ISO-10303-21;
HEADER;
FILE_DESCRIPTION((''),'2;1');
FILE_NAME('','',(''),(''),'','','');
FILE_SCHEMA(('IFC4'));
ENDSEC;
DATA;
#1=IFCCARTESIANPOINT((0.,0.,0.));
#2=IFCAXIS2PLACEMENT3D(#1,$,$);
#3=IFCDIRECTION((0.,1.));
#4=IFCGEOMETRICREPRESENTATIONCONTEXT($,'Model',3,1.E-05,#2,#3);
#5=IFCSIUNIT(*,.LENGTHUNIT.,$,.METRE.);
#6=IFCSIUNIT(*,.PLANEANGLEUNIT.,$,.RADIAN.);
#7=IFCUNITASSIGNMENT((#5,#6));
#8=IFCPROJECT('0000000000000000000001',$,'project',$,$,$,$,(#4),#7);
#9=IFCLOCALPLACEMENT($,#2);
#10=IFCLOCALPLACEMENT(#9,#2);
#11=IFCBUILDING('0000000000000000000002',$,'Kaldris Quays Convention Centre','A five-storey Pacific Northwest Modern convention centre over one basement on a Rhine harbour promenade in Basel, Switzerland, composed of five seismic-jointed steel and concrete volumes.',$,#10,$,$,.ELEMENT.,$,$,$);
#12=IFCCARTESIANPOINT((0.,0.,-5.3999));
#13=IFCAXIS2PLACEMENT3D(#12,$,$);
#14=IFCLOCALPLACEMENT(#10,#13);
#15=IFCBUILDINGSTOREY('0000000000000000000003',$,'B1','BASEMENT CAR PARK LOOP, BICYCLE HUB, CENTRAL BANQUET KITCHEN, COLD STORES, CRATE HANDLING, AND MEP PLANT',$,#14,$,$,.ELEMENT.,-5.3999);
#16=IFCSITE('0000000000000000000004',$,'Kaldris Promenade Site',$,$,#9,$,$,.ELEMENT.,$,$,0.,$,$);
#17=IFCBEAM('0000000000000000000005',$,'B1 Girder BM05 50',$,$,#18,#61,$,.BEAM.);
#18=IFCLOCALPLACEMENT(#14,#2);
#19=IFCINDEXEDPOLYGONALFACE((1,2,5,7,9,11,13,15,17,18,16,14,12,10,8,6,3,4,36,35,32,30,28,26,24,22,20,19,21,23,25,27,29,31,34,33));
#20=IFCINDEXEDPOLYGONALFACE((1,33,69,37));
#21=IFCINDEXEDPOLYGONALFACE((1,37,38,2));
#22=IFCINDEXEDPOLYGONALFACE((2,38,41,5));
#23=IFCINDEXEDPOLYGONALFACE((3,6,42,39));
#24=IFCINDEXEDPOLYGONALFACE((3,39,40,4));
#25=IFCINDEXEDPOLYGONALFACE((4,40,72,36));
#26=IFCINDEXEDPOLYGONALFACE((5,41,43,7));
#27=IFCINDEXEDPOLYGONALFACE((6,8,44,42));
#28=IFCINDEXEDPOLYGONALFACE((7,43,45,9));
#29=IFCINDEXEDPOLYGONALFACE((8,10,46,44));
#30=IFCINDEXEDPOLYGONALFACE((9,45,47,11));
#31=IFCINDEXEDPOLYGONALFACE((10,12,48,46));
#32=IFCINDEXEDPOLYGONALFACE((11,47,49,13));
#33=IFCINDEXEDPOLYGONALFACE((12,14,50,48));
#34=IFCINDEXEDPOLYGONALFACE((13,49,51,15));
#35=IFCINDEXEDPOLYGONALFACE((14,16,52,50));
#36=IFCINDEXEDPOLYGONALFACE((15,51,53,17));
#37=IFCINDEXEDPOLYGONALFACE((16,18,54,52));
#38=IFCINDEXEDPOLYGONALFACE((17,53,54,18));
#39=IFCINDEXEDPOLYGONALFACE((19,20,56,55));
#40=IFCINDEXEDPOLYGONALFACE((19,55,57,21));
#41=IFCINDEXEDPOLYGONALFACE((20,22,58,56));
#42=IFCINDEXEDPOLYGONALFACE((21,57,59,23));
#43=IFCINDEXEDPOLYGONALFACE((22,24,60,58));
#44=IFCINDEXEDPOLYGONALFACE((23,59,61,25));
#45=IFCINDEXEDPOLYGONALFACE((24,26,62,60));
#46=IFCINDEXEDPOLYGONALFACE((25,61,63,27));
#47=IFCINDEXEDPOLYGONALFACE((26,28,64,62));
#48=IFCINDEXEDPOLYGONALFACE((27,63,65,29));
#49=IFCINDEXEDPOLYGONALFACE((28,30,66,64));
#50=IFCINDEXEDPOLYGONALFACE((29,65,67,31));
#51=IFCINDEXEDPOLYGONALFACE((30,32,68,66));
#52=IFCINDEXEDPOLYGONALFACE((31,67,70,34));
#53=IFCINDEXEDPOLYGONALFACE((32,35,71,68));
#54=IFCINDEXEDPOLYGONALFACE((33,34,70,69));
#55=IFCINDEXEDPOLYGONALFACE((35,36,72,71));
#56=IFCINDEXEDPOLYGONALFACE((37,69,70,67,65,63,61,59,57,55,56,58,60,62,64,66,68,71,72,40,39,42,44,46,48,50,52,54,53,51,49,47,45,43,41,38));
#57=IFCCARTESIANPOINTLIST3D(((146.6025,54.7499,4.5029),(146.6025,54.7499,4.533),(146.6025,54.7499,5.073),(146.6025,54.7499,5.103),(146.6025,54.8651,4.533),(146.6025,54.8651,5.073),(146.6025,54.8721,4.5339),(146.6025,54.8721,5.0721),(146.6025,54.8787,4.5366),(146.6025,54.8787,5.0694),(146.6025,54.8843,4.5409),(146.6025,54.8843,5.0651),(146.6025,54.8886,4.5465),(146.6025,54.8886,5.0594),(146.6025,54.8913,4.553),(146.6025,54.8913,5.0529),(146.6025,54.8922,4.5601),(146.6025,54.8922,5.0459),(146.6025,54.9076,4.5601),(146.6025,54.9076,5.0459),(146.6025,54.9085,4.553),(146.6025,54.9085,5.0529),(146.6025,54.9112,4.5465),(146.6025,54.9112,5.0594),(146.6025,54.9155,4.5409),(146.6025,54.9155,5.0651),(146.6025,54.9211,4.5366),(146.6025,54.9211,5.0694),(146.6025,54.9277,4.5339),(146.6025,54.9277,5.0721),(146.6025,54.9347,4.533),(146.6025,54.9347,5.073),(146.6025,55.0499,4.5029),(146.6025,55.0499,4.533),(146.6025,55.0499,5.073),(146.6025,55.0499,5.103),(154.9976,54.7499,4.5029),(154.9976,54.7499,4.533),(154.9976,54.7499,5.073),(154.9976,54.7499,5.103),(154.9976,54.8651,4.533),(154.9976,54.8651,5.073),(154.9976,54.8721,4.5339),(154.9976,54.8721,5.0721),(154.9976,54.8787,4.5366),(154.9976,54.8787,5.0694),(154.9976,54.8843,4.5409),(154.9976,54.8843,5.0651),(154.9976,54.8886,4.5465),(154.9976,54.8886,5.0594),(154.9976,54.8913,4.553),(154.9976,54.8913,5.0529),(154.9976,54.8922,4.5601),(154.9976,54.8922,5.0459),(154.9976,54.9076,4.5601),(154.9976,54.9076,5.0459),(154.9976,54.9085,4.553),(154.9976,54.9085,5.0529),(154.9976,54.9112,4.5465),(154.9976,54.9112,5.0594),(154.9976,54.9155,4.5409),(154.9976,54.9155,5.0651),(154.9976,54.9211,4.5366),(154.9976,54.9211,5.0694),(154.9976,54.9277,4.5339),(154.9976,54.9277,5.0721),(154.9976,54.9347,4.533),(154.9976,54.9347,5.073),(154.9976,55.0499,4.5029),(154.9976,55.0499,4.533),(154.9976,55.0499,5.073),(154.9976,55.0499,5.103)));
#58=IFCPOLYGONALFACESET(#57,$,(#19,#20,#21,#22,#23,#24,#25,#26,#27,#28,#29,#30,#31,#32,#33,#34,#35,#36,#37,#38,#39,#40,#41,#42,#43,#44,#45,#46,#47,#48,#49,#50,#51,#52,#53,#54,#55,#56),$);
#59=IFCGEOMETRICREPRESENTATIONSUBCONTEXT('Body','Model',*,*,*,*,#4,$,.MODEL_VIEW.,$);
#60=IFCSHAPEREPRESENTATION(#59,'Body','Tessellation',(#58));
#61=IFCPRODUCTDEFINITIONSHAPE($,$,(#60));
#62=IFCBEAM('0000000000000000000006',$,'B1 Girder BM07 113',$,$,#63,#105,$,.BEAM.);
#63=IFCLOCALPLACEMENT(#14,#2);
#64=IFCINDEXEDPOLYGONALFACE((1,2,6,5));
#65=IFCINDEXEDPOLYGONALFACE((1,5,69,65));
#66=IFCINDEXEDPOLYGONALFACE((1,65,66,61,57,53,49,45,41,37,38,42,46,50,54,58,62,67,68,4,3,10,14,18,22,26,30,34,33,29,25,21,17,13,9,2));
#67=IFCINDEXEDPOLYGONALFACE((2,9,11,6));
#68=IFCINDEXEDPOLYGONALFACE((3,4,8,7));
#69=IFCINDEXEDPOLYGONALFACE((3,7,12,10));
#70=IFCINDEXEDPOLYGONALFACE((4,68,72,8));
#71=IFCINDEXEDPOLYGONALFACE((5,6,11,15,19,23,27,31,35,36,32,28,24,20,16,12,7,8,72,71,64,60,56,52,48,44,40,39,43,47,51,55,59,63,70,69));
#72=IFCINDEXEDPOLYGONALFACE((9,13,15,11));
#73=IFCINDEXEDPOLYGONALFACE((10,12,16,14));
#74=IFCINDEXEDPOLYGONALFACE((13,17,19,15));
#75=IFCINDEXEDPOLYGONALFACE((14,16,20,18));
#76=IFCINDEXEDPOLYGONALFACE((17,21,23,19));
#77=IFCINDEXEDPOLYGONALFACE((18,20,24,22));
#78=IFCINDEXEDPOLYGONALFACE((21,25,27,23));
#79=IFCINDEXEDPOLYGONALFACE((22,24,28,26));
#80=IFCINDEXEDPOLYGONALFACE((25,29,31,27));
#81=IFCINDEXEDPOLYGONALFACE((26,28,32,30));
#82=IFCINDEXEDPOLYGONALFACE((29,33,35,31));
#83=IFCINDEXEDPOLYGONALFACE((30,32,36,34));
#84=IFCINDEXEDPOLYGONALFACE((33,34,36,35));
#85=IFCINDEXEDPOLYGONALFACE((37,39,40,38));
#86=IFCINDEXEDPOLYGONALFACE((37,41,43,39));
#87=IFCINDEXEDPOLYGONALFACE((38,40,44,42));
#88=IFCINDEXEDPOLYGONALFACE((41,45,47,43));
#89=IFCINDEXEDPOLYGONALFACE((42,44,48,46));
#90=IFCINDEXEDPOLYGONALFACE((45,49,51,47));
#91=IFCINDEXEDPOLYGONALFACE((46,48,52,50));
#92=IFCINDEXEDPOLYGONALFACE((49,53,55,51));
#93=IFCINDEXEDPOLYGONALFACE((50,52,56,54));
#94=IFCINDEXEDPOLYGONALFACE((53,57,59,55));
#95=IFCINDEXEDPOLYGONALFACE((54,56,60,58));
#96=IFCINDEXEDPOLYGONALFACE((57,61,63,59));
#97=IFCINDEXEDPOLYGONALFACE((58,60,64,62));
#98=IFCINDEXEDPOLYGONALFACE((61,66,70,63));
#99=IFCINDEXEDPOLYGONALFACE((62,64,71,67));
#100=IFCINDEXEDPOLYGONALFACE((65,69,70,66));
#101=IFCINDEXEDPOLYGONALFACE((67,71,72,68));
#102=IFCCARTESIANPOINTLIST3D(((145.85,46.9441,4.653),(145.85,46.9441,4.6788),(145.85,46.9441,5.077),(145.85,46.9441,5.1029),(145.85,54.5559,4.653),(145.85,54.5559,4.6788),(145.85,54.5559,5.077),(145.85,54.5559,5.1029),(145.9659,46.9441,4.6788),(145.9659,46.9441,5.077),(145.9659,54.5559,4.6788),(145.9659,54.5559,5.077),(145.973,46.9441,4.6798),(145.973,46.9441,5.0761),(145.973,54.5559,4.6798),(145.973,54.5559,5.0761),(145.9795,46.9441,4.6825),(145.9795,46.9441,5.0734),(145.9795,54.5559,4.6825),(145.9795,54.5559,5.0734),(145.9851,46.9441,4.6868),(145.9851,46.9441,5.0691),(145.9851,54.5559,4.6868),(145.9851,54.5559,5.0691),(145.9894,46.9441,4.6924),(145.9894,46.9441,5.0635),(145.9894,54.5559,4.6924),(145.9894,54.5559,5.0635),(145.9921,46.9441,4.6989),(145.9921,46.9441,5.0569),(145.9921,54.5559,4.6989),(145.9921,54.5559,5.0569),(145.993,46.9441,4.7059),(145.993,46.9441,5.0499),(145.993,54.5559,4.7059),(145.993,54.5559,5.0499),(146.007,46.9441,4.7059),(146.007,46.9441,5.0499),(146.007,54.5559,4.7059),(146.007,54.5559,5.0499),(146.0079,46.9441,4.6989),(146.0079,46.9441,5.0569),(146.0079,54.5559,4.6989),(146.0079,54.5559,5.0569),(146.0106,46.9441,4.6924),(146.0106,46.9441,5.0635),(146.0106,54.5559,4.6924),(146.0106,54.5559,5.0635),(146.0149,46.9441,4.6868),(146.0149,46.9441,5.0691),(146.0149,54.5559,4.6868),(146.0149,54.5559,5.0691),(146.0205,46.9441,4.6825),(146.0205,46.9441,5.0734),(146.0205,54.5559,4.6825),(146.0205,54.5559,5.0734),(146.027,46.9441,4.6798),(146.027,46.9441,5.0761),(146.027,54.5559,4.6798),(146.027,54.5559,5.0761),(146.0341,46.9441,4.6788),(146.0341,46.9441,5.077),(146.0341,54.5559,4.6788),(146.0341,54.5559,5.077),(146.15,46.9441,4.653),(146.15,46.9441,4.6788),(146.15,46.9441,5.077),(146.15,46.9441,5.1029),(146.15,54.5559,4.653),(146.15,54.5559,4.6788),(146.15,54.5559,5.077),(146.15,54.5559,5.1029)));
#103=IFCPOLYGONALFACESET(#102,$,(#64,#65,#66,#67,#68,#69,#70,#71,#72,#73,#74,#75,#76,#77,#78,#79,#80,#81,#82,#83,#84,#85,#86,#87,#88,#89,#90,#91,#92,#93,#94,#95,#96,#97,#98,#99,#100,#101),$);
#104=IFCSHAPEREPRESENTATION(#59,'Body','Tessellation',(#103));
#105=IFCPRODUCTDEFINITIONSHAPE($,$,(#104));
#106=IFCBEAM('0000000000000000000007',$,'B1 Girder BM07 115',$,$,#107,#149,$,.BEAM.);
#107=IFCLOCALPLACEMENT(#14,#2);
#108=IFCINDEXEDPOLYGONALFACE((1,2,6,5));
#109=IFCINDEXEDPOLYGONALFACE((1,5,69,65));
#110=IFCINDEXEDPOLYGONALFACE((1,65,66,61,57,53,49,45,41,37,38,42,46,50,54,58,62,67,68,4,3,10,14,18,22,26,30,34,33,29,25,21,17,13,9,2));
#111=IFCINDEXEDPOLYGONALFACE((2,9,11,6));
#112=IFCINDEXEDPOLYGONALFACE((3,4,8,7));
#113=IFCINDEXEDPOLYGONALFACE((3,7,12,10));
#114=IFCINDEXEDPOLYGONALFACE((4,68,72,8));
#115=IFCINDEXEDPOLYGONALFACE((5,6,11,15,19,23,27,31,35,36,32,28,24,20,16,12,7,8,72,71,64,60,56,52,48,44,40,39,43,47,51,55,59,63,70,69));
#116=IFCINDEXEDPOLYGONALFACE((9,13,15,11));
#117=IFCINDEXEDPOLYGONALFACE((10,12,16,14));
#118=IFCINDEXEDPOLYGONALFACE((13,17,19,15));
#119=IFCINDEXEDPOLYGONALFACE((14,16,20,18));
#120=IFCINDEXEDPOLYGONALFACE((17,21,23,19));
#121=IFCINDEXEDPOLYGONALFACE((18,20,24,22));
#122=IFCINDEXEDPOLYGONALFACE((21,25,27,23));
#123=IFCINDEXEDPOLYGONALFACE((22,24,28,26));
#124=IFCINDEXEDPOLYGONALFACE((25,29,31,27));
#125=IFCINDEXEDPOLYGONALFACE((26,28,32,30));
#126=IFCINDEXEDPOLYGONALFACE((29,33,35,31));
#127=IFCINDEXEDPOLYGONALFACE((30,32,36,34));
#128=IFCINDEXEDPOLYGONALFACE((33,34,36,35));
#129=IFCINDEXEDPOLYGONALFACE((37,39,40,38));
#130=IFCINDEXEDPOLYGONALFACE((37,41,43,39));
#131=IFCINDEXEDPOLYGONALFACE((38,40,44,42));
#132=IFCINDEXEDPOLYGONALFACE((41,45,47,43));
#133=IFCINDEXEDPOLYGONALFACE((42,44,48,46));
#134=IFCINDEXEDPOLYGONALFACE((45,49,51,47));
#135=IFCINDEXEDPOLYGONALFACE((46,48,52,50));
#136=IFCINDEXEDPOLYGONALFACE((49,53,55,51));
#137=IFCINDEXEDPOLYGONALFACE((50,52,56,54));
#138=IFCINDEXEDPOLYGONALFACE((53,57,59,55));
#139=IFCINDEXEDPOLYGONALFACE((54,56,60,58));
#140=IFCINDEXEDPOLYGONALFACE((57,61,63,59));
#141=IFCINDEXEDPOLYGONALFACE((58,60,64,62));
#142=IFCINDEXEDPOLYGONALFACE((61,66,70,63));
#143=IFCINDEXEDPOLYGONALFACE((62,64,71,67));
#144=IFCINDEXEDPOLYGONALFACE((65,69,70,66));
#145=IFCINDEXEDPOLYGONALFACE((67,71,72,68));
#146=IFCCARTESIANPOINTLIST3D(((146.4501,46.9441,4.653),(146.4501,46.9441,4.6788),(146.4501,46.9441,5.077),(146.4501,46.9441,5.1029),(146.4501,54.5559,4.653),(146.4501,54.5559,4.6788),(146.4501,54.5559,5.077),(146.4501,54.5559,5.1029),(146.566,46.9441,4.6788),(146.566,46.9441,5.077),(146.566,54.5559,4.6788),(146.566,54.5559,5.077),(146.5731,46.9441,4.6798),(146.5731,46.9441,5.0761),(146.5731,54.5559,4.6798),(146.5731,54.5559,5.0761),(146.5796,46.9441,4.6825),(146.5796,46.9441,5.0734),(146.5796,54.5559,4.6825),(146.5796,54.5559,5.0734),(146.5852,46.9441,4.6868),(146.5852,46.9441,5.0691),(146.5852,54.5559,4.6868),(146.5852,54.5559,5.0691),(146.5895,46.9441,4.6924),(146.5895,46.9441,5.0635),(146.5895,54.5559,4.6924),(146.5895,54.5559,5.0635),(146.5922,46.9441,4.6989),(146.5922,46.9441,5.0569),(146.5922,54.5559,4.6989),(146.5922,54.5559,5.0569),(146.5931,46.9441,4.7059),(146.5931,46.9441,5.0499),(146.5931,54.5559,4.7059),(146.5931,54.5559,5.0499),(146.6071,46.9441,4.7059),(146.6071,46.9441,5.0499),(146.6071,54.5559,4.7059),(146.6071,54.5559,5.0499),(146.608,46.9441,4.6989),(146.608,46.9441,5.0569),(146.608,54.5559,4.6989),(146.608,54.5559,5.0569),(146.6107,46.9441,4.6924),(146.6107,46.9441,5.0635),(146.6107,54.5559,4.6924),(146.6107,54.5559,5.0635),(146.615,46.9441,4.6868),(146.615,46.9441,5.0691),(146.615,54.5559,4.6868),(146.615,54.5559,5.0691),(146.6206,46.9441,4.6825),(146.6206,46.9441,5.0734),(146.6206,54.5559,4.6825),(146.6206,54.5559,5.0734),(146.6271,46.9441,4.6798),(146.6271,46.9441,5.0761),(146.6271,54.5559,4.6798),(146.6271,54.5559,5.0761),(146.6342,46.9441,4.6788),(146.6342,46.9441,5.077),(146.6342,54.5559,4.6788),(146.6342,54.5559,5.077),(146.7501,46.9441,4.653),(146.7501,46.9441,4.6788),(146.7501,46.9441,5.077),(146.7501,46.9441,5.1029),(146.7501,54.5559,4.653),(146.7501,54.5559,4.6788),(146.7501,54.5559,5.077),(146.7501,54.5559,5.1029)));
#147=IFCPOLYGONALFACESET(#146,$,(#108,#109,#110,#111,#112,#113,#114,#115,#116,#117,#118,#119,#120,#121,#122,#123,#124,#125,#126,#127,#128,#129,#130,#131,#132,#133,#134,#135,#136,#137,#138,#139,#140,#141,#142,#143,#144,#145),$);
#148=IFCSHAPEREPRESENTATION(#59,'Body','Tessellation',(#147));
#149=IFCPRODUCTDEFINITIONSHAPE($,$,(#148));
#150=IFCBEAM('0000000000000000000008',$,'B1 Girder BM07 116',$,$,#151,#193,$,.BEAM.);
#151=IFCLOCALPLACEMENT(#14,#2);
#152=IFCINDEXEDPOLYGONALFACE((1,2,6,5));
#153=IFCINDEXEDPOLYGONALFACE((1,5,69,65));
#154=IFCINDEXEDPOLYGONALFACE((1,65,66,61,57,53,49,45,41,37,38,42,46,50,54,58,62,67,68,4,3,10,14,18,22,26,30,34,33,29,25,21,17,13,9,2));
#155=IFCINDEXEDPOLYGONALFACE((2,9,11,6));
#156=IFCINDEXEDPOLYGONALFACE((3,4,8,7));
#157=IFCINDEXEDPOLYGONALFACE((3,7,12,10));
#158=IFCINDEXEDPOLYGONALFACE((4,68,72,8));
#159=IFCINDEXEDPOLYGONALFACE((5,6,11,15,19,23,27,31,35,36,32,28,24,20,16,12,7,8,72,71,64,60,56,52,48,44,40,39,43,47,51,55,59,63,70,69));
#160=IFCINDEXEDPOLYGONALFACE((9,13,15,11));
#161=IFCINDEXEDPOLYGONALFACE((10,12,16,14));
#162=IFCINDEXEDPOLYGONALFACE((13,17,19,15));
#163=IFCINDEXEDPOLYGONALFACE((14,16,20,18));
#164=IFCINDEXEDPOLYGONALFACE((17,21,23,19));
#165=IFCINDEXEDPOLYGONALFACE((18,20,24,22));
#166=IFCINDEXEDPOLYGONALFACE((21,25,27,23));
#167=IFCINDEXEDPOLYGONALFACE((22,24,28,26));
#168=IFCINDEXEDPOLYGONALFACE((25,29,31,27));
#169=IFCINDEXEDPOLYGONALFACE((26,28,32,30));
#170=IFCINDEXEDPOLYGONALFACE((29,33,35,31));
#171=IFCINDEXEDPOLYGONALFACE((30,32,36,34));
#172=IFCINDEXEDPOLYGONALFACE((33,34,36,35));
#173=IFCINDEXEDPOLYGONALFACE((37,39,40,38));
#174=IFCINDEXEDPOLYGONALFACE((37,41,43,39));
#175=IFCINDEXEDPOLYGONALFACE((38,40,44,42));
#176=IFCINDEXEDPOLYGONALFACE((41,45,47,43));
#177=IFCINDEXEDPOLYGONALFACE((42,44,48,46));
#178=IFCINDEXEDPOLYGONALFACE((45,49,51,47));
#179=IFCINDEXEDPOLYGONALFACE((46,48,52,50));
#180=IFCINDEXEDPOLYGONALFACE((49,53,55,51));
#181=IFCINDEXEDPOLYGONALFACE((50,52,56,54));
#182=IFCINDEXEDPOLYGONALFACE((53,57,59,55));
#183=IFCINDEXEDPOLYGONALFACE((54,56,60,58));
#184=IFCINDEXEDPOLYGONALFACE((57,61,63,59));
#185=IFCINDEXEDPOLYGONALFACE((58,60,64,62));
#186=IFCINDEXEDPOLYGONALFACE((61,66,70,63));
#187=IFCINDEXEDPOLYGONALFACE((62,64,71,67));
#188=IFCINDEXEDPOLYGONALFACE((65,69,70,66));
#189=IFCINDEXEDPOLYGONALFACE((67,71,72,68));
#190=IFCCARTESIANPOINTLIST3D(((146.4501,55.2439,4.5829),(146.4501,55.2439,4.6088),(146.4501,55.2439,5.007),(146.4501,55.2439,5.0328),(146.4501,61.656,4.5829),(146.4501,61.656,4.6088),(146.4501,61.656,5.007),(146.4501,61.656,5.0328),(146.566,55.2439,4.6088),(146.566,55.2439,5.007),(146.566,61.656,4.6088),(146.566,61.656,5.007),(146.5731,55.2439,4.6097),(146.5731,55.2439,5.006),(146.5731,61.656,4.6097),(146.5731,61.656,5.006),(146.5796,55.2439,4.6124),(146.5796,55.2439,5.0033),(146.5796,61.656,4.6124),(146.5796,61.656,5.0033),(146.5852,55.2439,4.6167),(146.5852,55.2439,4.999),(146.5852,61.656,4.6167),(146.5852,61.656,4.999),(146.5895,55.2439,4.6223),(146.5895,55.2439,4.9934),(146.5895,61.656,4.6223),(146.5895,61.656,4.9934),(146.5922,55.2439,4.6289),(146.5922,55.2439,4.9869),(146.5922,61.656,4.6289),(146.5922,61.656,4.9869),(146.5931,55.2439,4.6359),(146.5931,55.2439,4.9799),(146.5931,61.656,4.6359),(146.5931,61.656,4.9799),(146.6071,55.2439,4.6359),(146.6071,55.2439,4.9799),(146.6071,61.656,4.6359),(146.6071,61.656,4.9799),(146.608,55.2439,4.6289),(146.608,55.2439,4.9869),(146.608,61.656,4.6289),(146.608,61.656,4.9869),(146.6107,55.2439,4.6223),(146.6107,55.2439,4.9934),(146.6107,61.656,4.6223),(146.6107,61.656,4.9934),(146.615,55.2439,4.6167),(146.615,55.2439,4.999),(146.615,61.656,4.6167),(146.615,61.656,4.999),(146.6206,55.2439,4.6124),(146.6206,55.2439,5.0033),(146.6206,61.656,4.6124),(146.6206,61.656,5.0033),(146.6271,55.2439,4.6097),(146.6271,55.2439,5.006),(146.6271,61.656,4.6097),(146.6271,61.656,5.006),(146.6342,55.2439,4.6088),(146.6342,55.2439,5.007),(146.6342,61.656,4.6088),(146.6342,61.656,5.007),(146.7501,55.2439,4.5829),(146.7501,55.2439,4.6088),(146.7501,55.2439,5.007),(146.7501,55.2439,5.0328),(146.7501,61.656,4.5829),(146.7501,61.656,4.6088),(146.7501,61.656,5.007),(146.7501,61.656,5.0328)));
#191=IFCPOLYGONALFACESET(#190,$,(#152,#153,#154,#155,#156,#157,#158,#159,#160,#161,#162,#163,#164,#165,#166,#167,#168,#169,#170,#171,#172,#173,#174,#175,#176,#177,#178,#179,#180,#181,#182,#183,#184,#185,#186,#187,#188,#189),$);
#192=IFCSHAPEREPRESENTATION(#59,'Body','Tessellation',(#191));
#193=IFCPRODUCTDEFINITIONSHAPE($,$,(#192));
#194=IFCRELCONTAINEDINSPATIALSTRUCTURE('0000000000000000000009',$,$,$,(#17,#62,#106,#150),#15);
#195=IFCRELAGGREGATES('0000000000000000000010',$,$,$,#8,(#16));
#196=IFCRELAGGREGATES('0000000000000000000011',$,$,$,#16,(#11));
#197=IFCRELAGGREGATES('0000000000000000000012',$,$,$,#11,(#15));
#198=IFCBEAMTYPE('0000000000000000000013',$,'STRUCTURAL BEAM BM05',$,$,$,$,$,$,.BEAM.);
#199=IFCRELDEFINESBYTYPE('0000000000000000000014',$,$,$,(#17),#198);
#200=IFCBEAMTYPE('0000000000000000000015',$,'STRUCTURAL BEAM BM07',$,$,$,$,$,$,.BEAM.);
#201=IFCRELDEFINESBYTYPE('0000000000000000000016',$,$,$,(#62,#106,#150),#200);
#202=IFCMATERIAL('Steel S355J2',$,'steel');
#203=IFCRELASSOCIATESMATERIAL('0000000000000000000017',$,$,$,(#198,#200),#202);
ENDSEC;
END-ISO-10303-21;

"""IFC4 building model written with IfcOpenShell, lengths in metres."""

from ifc_helpers import new_model, si_unit, direction, frame, origin, origin_2d, place, context, subcontext, project, spatial, i_section, extrude, material, material_profile, profile_set, type_object, element, save


model = new_model("IFC4")

# Units and contexts
model_context = context("Model", 3, precision=1e-05, world=origin(), true_north=direction((0.0, 1.0)))
body_context = subcontext(model_context, "Body", "Model", "MODEL_VIEW")
ifc_project = project(units=[si_unit("LENGTHUNIT", "METRE"), si_unit("PLANEANGLEUNIT", "RADIAN")], contexts=[model_context])

# Site, building, storey
site_placement = place(None, origin())
site = spatial("IfcSite", under=ifc_project, at=site_placement, Name="Kaldris Promenade Site", CompositionType="ELEMENT", RefElevation=0.0)
building_placement = place(site_placement, origin())
building = spatial("IfcBuilding", under=site, at=building_placement, Name="Kaldris Quays Convention Centre", Description="A five-storey Pacific Northwest Modern convention centre over one basement on a Rhine harbour promenade in Basel, Switzerland, composed of five seismic-jointed steel and concrete volumes.", CompositionType="ELEMENT")
storey_placement = place(building_placement, frame((0.0, 0.0, -5.3999)))
storey = spatial("IfcBuildingStorey", under=building, at=storey_placement, Name="B1", Description="BASEMENT CAR PARK LOOP, BICYCLE HUB, CENTRAL BANQUET KITCHEN, COLD STORES, CRATE HANDLING, AND MEP PLANT", CompositionType="ELEMENT", Elevation=-5.3999)

# Shared definitions
ifc_material_1 = material(Name="Steel S355J2", Category="steel")

# Beams
ifc_material_profile_1 = material_profile(ifc_material_1, i_section(OverallWidth=0.3, OverallDepth=0.6001, WebThickness=0.0154, FlangeThickness=0.03, FilletRadius=0.0271, at=origin_2d()), Name="HEB 600")
ifc_profile_set_1 = profile_set([ifc_material_profile_1], Name="Steel S355J2")
beam_type_1 = type_object("IfcBeamType", Name="STRUCTURAL BEAM BM05", PredefinedType="BEAM", material=ifc_profile_set_1)
for number, where, z_axis, x_axis, name in (
    (1, (146.6025, 54.8999, 4.803), (1.0, 0.0, 0.0), (0.0, 1.0, 0.0), "B1 Girder BM05 50"),
):
    element("IfcBeam", number, at=place(storey_placement, frame(where, z_axis=z_axis, x_axis=x_axis)), inside=storey, type_object=beam_type_1, Name=name, PredefinedType="BEAM", context=body_context, shape_type="SweptSolid", body=[
        extrude(i_section(OverallWidth=0.3, OverallDepth=0.6001, WebThickness=0.0154, FlangeThickness=0.03, FilletRadius=0.0271, at=origin_2d()), origin(), (0.0, 0.0, 1.0), 8.395),
    ])
ifc_material_profile_2 = material_profile(ifc_material_1, i_section(OverallWidth=0.3, OverallDepth=0.45, WebThickness=0.0139, FlangeThickness=0.0259, FilletRadius=0.0271, at=origin_2d()), Name="HEB 450")
ifc_profile_set_2 = profile_set([ifc_material_profile_2], Name="Steel S355J2")
beam_type_2 = type_object("IfcBeamType", Name="STRUCTURAL BEAM BM07", PredefinedType="BEAM", material=ifc_profile_set_2)
for number, where, z_axis, x_axis, name in (
    (2, (146.0, 46.9441, 4.8779), (0.0, 1.0, 0.0), (-1.0, 0.0, 0.0), "B1 Girder BM07 113"),
    (3, (146.6001, 46.9441, 4.8779), (0.0, 1.0, 0.0), (-1.0, 0.0, 0.0), "B1 Girder BM07 115"),
):
    element("IfcBeam", number, at=place(storey_placement, frame(where, z_axis=z_axis, x_axis=x_axis)), inside=storey, type_object=beam_type_2, Name=name, PredefinedType="BEAM", context=body_context, shape_type="SweptSolid", body=[
        extrude(i_section(OverallWidth=0.3, OverallDepth=0.45, WebThickness=0.0139, FlangeThickness=0.0259, FilletRadius=0.0271, at=origin_2d()), origin(), (0.0, 0.0, 1.0), 7.6118),
    ])
beam_1_placement = place(storey_placement, frame((146.6001, 55.2439, 4.8079), z_axis=(0.0, 1.0, 0.0), x_axis=(-1.0, 0.0, 0.0)))
element("IfcBeam", 4, at=beam_1_placement, inside=storey, type_object=beam_type_2, Name="B1 Girder BM07 116", PredefinedType="BEAM", context=body_context, shape_type="SweptSolid", body=[
    extrude(i_section(OverallWidth=0.3, OverallDepth=0.45, WebThickness=0.0139, FlangeThickness=0.0259, FilletRadius=0.0271, at=origin_2d()), origin(), (0.0, 0.0, 1.0), 6.4121),
])

save(model, "model.ifc")
